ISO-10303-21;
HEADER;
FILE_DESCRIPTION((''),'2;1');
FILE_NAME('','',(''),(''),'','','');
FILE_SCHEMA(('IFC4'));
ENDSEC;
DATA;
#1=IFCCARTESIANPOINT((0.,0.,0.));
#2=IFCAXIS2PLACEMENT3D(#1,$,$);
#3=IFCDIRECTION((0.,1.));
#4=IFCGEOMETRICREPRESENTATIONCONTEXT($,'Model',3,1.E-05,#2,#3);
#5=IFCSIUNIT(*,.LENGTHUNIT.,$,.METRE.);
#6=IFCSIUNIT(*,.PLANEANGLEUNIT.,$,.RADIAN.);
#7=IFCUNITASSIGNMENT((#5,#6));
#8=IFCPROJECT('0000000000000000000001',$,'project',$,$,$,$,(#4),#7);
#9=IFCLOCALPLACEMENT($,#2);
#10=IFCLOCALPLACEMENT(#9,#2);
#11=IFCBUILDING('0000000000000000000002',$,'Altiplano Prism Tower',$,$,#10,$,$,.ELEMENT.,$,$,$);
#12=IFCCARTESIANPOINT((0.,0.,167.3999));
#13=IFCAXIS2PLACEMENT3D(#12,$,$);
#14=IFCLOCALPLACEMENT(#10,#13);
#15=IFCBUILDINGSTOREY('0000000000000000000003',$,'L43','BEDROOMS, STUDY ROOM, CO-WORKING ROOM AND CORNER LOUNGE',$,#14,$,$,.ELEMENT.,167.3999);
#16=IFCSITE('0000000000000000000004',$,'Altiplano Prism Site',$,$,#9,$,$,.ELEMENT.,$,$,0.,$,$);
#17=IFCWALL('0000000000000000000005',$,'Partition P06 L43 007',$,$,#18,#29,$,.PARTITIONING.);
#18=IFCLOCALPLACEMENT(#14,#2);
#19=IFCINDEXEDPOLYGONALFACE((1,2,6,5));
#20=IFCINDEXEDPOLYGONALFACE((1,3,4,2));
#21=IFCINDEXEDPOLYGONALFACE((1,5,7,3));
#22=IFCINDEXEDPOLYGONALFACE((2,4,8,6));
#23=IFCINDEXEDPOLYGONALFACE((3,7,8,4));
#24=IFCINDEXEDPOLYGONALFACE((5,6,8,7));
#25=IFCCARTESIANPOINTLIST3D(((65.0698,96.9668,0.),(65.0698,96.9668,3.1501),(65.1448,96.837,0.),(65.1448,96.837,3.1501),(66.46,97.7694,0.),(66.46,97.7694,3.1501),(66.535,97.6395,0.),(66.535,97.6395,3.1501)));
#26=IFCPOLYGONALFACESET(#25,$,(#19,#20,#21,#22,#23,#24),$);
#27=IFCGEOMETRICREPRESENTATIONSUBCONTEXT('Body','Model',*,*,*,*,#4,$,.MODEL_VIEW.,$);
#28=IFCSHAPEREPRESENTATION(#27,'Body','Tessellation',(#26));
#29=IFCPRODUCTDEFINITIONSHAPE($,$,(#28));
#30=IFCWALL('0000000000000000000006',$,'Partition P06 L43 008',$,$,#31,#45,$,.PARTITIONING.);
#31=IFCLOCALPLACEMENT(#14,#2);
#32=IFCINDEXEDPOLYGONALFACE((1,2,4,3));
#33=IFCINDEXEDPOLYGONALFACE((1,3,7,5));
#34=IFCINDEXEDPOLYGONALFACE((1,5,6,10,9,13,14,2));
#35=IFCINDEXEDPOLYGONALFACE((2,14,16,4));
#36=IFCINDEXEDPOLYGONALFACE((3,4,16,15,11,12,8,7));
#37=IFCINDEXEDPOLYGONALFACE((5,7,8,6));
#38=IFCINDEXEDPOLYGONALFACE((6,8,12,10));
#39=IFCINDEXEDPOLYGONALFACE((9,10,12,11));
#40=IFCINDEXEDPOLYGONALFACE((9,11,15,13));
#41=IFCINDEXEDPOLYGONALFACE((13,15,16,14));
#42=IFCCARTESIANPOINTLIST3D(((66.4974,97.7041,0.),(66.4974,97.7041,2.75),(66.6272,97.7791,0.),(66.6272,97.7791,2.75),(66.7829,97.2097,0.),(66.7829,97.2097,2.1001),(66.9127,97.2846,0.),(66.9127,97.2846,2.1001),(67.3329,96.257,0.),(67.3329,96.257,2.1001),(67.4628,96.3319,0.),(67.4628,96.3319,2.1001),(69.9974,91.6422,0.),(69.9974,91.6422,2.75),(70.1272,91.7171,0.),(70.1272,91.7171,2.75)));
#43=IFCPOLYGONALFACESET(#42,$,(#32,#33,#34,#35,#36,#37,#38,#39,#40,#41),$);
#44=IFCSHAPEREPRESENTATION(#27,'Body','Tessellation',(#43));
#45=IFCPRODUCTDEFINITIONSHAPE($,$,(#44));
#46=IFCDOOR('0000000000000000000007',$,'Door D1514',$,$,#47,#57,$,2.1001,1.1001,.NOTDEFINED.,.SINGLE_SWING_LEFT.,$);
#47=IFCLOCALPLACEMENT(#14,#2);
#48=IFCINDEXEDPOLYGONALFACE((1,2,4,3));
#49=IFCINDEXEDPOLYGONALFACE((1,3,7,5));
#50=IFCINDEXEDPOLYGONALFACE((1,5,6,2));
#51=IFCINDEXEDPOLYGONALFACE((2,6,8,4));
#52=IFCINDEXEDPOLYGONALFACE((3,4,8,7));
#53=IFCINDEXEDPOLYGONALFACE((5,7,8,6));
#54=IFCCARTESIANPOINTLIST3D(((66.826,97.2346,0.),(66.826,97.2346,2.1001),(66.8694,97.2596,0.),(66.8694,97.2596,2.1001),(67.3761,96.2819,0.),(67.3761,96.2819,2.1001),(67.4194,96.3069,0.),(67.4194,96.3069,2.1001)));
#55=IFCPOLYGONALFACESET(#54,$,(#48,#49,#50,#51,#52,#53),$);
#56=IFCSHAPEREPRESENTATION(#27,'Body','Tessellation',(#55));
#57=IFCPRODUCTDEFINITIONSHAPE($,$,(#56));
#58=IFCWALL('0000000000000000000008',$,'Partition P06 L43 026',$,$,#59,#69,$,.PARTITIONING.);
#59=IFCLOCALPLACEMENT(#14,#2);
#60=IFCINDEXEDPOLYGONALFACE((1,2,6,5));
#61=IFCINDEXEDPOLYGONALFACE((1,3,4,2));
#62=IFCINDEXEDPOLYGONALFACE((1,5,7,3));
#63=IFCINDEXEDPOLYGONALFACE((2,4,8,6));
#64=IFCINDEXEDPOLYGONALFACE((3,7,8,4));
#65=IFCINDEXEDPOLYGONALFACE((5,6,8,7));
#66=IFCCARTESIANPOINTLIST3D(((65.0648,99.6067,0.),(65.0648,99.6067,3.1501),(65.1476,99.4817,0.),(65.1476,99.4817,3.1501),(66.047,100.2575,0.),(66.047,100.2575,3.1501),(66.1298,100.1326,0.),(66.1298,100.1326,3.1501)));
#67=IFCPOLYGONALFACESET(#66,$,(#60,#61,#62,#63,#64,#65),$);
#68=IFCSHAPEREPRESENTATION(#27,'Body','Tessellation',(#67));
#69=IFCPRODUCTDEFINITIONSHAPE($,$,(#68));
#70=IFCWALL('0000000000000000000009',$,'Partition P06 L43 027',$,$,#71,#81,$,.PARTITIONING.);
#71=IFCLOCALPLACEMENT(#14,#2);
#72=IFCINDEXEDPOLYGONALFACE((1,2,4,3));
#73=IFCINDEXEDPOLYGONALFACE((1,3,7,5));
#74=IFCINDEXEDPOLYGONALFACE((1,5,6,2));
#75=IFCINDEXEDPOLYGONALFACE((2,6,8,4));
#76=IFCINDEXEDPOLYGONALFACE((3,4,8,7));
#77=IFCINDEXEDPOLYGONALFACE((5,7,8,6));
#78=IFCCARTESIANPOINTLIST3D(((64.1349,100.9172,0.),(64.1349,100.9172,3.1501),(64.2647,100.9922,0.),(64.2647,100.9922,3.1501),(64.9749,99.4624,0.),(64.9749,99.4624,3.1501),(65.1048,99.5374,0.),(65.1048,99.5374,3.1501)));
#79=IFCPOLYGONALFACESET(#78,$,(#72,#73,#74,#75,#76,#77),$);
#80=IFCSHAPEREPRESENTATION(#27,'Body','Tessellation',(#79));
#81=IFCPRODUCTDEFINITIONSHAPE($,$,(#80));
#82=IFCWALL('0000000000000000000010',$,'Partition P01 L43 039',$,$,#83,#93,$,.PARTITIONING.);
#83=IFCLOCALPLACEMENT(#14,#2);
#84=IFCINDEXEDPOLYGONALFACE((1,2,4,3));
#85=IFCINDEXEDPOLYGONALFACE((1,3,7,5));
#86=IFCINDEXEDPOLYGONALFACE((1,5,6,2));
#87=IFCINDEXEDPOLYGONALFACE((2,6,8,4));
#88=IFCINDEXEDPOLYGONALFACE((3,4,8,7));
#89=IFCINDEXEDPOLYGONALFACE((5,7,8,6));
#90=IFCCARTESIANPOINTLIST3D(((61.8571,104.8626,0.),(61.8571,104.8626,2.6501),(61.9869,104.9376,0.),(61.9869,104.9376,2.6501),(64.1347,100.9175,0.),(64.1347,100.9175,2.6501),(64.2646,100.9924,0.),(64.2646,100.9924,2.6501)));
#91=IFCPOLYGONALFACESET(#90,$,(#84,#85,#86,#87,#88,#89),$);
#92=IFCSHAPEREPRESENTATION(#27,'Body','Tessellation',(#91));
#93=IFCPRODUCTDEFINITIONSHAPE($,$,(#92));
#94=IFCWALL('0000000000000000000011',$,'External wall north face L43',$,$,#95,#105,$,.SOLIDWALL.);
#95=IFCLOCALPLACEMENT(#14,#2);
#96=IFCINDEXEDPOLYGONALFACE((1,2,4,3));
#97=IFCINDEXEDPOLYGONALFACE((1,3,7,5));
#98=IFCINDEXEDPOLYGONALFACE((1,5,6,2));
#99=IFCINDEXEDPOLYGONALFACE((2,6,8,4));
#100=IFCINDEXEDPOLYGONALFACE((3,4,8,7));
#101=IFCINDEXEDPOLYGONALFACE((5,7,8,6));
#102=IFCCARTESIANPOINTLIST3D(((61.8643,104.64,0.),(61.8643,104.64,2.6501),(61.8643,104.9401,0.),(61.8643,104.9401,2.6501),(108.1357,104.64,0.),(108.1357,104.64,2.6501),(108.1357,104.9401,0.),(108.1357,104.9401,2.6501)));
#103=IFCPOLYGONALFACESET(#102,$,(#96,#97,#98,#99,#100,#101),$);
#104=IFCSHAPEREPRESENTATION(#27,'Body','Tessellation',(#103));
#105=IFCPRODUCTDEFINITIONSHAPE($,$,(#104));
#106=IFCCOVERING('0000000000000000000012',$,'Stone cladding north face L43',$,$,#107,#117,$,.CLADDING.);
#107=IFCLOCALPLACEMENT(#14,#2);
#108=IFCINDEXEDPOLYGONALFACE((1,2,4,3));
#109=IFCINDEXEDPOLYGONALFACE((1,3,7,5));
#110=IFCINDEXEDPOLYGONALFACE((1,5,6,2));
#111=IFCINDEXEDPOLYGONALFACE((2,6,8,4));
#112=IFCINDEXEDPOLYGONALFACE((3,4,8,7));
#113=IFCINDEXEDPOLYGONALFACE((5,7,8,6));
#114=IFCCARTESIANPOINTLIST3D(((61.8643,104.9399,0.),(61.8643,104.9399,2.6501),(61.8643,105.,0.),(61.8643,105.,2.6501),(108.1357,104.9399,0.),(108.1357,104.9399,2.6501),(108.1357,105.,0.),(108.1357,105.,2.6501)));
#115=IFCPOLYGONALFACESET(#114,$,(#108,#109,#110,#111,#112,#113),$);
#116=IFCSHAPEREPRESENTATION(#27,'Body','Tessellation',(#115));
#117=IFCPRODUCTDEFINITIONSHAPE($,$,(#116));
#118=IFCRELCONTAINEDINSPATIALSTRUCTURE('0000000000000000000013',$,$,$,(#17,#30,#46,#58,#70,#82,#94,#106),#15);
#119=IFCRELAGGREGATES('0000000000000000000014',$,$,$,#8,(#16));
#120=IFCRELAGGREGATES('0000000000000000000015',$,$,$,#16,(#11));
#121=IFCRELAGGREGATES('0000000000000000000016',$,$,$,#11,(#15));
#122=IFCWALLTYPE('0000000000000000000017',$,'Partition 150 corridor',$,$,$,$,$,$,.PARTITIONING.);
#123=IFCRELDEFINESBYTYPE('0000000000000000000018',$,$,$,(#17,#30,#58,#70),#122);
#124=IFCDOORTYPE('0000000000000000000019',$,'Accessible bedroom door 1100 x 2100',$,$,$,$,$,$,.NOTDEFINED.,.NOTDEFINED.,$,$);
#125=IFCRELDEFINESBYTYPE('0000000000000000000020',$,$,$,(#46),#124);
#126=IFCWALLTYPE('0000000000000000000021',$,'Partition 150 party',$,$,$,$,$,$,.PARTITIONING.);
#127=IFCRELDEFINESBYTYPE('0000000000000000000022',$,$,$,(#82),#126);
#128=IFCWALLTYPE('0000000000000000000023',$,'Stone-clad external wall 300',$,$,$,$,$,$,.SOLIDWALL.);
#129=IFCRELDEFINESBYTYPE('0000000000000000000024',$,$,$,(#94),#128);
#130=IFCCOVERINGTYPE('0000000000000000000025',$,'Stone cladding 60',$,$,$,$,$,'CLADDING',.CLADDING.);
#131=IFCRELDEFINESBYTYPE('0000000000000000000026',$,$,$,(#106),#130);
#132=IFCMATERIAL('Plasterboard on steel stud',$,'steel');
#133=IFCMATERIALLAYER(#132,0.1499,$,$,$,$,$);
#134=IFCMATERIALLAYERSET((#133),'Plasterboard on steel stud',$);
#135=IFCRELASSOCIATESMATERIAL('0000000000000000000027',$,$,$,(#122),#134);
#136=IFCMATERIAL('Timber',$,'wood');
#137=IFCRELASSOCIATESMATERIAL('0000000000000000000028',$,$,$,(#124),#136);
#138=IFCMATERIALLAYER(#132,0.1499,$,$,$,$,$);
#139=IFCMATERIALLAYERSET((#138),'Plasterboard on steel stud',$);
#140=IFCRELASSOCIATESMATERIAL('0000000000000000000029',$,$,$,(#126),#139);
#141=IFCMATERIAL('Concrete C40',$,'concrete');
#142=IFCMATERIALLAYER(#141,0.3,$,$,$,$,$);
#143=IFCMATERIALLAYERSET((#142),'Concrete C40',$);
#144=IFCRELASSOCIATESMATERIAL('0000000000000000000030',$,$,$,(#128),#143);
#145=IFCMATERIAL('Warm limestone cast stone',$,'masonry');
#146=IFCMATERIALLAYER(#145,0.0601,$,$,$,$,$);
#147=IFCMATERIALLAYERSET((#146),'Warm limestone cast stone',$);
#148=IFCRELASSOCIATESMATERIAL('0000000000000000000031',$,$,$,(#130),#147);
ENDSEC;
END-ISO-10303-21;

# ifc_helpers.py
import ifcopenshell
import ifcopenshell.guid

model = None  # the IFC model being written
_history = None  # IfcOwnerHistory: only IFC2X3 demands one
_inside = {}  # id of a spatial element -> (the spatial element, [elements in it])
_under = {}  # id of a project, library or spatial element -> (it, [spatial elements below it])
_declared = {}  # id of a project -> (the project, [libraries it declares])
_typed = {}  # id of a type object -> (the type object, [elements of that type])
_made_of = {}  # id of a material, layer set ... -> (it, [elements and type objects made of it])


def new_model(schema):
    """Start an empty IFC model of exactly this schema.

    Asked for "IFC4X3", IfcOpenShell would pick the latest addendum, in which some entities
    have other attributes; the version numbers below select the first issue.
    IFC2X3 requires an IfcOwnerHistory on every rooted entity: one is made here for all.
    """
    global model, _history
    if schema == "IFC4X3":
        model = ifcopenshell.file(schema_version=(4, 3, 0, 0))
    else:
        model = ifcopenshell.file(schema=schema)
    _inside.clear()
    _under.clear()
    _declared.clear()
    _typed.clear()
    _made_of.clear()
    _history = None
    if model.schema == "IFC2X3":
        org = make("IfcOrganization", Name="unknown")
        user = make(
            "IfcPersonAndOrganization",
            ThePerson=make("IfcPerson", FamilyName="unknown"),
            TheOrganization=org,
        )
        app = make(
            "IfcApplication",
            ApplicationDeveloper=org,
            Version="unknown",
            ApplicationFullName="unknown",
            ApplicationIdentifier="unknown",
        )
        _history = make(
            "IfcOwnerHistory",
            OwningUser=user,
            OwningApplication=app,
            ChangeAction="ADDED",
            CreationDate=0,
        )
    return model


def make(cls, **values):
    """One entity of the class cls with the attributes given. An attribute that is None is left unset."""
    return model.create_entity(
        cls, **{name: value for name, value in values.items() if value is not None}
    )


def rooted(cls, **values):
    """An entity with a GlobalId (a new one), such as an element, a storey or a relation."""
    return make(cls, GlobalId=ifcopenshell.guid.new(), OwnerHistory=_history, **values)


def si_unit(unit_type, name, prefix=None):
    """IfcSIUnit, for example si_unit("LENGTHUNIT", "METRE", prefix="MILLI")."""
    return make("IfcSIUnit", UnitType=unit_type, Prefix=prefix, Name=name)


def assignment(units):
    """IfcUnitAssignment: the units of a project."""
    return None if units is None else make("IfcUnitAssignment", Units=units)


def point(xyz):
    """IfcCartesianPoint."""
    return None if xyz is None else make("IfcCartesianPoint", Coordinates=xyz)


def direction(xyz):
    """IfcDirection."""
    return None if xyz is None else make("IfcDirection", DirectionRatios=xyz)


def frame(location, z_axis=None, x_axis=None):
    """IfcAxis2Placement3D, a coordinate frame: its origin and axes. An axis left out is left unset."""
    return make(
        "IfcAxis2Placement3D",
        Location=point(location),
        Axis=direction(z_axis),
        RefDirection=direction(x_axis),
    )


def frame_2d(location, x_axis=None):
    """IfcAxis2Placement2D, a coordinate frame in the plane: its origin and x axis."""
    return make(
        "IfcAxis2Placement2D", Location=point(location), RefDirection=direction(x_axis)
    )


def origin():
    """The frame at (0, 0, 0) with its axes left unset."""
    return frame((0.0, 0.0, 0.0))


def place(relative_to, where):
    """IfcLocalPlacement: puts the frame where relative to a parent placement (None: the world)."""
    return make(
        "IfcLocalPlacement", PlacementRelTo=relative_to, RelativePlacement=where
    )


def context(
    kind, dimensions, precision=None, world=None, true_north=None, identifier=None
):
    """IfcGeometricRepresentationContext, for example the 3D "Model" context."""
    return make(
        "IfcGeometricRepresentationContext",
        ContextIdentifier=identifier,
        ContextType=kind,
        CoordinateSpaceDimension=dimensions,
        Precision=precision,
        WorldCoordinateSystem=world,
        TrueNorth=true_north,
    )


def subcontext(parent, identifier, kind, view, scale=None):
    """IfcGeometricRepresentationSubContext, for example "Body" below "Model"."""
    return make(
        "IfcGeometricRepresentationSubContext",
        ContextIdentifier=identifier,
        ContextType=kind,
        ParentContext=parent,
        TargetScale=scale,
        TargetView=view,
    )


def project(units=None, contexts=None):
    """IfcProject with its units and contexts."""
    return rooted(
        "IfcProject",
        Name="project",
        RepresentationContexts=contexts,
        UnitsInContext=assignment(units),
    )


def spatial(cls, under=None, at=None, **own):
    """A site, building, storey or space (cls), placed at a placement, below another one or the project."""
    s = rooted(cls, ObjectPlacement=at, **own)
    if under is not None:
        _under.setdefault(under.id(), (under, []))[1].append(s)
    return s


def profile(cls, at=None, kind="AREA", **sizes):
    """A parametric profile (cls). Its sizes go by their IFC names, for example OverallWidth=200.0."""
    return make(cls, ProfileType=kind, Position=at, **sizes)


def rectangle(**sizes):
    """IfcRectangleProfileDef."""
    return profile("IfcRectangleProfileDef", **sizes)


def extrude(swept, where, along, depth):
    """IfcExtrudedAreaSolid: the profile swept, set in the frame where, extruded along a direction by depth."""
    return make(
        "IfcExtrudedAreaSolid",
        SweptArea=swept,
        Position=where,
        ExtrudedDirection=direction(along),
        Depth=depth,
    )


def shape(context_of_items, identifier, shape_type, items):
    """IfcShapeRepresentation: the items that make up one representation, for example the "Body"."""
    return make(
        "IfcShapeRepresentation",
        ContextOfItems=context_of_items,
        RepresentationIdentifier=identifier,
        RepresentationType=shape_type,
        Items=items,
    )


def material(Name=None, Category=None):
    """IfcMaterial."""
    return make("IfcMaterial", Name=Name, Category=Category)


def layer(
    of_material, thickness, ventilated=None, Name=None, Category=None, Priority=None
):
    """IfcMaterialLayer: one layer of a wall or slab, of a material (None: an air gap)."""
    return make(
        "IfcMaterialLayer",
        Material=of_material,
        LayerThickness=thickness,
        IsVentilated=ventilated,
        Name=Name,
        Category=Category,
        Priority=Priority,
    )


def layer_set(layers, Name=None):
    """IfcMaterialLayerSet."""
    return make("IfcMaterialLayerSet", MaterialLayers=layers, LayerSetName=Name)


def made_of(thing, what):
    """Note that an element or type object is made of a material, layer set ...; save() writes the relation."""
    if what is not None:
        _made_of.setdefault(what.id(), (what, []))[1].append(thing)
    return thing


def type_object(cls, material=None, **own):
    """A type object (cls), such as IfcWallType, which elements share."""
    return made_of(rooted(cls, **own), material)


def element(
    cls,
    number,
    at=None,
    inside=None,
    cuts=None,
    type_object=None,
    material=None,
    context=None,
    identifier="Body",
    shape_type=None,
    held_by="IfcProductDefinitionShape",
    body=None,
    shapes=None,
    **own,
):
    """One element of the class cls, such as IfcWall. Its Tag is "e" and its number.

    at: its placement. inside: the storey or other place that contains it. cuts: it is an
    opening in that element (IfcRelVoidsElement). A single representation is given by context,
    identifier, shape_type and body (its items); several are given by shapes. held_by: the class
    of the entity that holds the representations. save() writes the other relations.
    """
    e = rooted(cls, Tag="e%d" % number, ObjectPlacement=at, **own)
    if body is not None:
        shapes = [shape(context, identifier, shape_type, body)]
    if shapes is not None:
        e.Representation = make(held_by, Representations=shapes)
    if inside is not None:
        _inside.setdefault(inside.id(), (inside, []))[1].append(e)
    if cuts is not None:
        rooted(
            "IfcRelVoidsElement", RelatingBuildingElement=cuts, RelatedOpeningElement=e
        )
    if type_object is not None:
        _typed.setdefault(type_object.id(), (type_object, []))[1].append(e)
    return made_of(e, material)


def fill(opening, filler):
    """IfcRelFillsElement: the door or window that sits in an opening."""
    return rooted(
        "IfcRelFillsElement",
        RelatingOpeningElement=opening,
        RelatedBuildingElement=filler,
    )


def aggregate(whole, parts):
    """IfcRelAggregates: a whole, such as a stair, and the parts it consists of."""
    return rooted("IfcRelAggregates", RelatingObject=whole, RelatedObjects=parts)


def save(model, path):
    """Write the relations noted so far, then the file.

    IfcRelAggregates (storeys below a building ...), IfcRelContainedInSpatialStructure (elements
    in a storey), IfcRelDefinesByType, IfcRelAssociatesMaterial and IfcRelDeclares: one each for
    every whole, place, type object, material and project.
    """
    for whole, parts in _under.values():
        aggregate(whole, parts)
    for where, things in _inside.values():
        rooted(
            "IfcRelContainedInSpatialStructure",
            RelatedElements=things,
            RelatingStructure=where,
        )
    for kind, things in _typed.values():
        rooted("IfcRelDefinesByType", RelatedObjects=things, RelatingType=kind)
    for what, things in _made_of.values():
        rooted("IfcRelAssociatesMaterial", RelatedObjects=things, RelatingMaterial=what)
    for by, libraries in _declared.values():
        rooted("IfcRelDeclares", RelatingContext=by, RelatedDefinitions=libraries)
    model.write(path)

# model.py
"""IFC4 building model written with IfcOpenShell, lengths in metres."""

from ifc_helpers import new_model, si_unit, direction, frame, frame_2d, origin, place, context, subcontext, project, spatial, rectangle, extrude, material, layer, layer_set, type_object, element, fill, save


model = new_model("IFC4")

# Units and contexts
model_context = context("Model", 3, precision=1e-05, world=origin(), true_north=direction((0.0, 1.0)))
body_context = subcontext(model_context, "Body", "Model", "MODEL_VIEW")
ifc_project = project(units=[si_unit("LENGTHUNIT", "METRE"), si_unit("PLANEANGLEUNIT", "RADIAN")], contexts=[model_context])

# Site, building, storey
site_placement = place(None, origin())
site = spatial("IfcSite", under=ifc_project, at=site_placement, Name="Altiplano Prism Site", CompositionType="ELEMENT", RefElevation=0.0)
building_placement = place(site_placement, origin())
building = spatial("IfcBuilding", under=site, at=building_placement, Name="Altiplano Prism Tower", CompositionType="ELEMENT")
storey_placement = place(building_placement, frame((0.0, 0.0, 167.3999)))
storey = spatial("IfcBuildingStorey", under=building, at=storey_placement, Name="L43", Description="BEDROOMS, STUDY ROOM, CO-WORKING ROOM AND CORNER LOUNGE", CompositionType="ELEMENT", Elevation=167.3999)

# Shared definitions
ifc_material_1 = material(Name="Plasterboard on steel stud", Category="steel")
ifc_layer_1 = layer(ifc_material_1, 0.1499)
ifc_layer_set_1 = layer_set([ifc_layer_1], Name="Plasterboard on steel stud")
wall_type_1 = type_object("IfcWallType", Name="Partition 150 corridor", PredefinedType="PARTITIONING", material=ifc_layer_set_1)

# Shared definitions
ifc_material_2 = material(Name="Timber", Category="wood")

# Wall
wall_1_placement = place(storey_placement, frame((65.1072, 96.9019, 0.0), z_axis=(0.0, 0.0, 1.0), x_axis=(0.866054, 0.499951, 0.0)))
element("IfcWall", 1, at=wall_1_placement, inside=storey, type_object=wall_type_1, Name="Partition P06 L43 007", PredefinedType="PARTITIONING", context=body_context, shape_type="SweptSolid", body=[
    extrude(rectangle(XDim=1.6052, YDim=0.1499, at=frame_2d((0.8027, 0.0))), origin(), (0.0, 0.0, 1.0), 3.1501),
])

# Wall, opening, door
wall_2_placement = place(storey_placement, frame((66.5623, 97.7417, 0.0), z_axis=(0.0, 0.0, 1.0), x_axis=(0.50001, -0.866019, 0.0)))
wall_2 = element("IfcWall", 2, at=wall_2_placement, inside=storey, type_object=wall_type_1, Name="Partition P06 L43 008", PredefinedType="PARTITIONING", context=body_context, shape_type="SweptSolid", body=[
    extrude(rectangle(XDim=6.9998, YDim=0.1499, at=frame_2d((3.5, 0.0))), origin(), (0.0, 0.0, 1.0), 2.75),
])
opening_1_placement = place(wall_2_placement, frame((0.571, 0.0, 0.0)))
opening_1 = element("IfcOpeningElement", 3, at=opening_1_placement, cuts=wall_2, PredefinedType="OPENING", context=body_context, shape_type="SweptSolid", body=[
    extrude(rectangle(XDim=1.1001, YDim=2.1001, at=frame_2d((0.55, 1.05))), frame((0.0, 0.0854, 0.0), z_axis=(0.0, -1.0, 0.0), x_axis=(1.0, 0.0, 0.0)), (0.0, 0.0, 1.0), 0.1709),
])
door_type_1 = type_object("IfcDoorType", Name="Accessible bedroom door 1100 x 2100", OperationType="NOTDEFINED", PredefinedType="NOTDEFINED", material=ifc_material_2)
door_1_placement = place(opening_1_placement, origin())
door_1 = element("IfcDoor", 4, at=door_1_placement, inside=storey, type_object=door_type_1, Name="Door D1514", OperationType="SINGLE_SWING_LEFT", OverallHeight=2.1001, OverallWidth=1.1001, PredefinedType="NOTDEFINED", context=body_context, shape_type="SweptSolid", body=[
    extrude(rectangle(XDim=1.1001, YDim=2.1001, at=frame_2d((0.55, 1.05))), frame((0.0, 0.0249, 0.0), z_axis=(0.0, -1.0, 0.0), x_axis=(1.0, 0.0, 0.0)), (0.0, 0.0, 1.0), 0.05),
])
fill(opening_1, door_1)

# Walls
wall_3_placement = place(storey_placement, frame((66.0884, 100.1951, 0.0), z_axis=(0.0, 0.0, 1.0), x_axis=(-0.833577, -0.552403, 0.0)))
element("IfcWall", 5, at=wall_3_placement, inside=storey, type_object=wall_type_1, Name="Partition P06 L43 026", PredefinedType="PARTITIONING", context=body_context, shape_type="SweptSolid", body=[
    extrude(rectangle(XDim=1.1782, YDim=0.1499, at=frame_2d((0.5891, 0.0))), origin(), (0.0, 0.0, 1.0), 3.1501),
])
wall_4_placement = place(storey_placement, frame((65.0398, 99.5, 0.0), z_axis=(0.0, 0.0, 1.0), x_axis=(-0.500062, 0.86599, 0.0)))
element("IfcWall", 6, at=wall_4_placement, inside=storey, type_object=wall_type_1, Name="Partition P06 L43 027", PredefinedType="PARTITIONING", context=body_context, shape_type="SweptSolid", body=[
    extrude(rectangle(XDim=1.6799, YDim=0.1499, at=frame_2d((0.8398, 0.0))), origin(), (0.0, 0.0, 1.0), 3.1501),
])
ifc_layer_2 = layer(ifc_material_1, 0.1499)
ifc_layer_set_2 = layer_set([ifc_layer_2], Name="Plasterboard on steel stud")
wall_type_2 = type_object("IfcWallType", Name="Partition 150 party", PredefinedType="PARTITIONING", material=ifc_layer_set_2)
wall_5_placement = place(storey_placement, frame((64.1997, 100.9548, 0.0), z_axis=(0.0, 0.0, 1.0), x_axis=(-0.499984, 0.866035, 0.0)))
element("IfcWall", 7, at=wall_5_placement, inside=storey, type_object=wall_type_2, Name="Partition P01 L43 039", PredefinedType="PARTITIONING", context=body_context, shape_type="SweptSolid", body=[
    extrude(rectangle(XDim=4.5554, YDim=0.1499, at=frame_2d((2.2778, 0.0))), origin(), (0.0, 0.0, 1.0), 2.6501),
])
ifc_material_3 = material(Name="Concrete C40", Category="concrete")
ifc_layer_3 = layer(ifc_material_3, 0.3)
ifc_layer_set_3 = layer_set([ifc_layer_3], Name="Concrete C40")
wall_type_3 = type_object("IfcWallType", Name="Stone-clad external wall 300", PredefinedType="SOLIDWALL", material=ifc_layer_set_3)
wall_6_placement = place(storey_placement, frame((61.8643, 104.79, 0.0), z_axis=(0.0, 0.0, 1.0), x_axis=(1.0, 0.0, 0.0)))
element("IfcWall", 8, at=wall_6_placement, inside=storey, type_object=wall_type_3, Name="External wall north face L43", PredefinedType="SOLIDWALL", context=body_context, shape_type="SweptSolid", body=[
    extrude(rectangle(XDim=46.2715, YDim=0.3, at=frame_2d((23.1357, 0.0))), origin(), (0.0, 0.0, 1.0), 2.6501),
])

# Covering
ifc_material_4 = material(Name="Warm limestone cast stone", Category="masonry")
ifc_layer_4 = layer(ifc_material_4, 0.0601)
ifc_layer_set_4 = layer_set([ifc_layer_4], Name="Warm limestone cast stone")
covering_type = type_object("IfcCoveringType", Name="Stone cladding 60", ElementType="CLADDING", PredefinedType="CLADDING", material=ifc_layer_set_4)
covering_placement = place(storey_placement, frame((61.8643, 104.97, 0.0), z_axis=(0.0, 0.0, 1.0), x_axis=(1.0, 0.0, 0.0)))
element("IfcCovering", 9, at=covering_placement, inside=storey, type_object=covering_type, Name="Stone cladding north face L43", PredefinedType="CLADDING", context=body_context, shape_type="SweptSolid", body=[
    extrude(rectangle(XDim=46.2715, YDim=0.0601, at=frame_2d((23.1357, 0.0))), origin(), (0.0, 0.0, 1.0), 2.6501),
])

save(model, "model.ifc")
